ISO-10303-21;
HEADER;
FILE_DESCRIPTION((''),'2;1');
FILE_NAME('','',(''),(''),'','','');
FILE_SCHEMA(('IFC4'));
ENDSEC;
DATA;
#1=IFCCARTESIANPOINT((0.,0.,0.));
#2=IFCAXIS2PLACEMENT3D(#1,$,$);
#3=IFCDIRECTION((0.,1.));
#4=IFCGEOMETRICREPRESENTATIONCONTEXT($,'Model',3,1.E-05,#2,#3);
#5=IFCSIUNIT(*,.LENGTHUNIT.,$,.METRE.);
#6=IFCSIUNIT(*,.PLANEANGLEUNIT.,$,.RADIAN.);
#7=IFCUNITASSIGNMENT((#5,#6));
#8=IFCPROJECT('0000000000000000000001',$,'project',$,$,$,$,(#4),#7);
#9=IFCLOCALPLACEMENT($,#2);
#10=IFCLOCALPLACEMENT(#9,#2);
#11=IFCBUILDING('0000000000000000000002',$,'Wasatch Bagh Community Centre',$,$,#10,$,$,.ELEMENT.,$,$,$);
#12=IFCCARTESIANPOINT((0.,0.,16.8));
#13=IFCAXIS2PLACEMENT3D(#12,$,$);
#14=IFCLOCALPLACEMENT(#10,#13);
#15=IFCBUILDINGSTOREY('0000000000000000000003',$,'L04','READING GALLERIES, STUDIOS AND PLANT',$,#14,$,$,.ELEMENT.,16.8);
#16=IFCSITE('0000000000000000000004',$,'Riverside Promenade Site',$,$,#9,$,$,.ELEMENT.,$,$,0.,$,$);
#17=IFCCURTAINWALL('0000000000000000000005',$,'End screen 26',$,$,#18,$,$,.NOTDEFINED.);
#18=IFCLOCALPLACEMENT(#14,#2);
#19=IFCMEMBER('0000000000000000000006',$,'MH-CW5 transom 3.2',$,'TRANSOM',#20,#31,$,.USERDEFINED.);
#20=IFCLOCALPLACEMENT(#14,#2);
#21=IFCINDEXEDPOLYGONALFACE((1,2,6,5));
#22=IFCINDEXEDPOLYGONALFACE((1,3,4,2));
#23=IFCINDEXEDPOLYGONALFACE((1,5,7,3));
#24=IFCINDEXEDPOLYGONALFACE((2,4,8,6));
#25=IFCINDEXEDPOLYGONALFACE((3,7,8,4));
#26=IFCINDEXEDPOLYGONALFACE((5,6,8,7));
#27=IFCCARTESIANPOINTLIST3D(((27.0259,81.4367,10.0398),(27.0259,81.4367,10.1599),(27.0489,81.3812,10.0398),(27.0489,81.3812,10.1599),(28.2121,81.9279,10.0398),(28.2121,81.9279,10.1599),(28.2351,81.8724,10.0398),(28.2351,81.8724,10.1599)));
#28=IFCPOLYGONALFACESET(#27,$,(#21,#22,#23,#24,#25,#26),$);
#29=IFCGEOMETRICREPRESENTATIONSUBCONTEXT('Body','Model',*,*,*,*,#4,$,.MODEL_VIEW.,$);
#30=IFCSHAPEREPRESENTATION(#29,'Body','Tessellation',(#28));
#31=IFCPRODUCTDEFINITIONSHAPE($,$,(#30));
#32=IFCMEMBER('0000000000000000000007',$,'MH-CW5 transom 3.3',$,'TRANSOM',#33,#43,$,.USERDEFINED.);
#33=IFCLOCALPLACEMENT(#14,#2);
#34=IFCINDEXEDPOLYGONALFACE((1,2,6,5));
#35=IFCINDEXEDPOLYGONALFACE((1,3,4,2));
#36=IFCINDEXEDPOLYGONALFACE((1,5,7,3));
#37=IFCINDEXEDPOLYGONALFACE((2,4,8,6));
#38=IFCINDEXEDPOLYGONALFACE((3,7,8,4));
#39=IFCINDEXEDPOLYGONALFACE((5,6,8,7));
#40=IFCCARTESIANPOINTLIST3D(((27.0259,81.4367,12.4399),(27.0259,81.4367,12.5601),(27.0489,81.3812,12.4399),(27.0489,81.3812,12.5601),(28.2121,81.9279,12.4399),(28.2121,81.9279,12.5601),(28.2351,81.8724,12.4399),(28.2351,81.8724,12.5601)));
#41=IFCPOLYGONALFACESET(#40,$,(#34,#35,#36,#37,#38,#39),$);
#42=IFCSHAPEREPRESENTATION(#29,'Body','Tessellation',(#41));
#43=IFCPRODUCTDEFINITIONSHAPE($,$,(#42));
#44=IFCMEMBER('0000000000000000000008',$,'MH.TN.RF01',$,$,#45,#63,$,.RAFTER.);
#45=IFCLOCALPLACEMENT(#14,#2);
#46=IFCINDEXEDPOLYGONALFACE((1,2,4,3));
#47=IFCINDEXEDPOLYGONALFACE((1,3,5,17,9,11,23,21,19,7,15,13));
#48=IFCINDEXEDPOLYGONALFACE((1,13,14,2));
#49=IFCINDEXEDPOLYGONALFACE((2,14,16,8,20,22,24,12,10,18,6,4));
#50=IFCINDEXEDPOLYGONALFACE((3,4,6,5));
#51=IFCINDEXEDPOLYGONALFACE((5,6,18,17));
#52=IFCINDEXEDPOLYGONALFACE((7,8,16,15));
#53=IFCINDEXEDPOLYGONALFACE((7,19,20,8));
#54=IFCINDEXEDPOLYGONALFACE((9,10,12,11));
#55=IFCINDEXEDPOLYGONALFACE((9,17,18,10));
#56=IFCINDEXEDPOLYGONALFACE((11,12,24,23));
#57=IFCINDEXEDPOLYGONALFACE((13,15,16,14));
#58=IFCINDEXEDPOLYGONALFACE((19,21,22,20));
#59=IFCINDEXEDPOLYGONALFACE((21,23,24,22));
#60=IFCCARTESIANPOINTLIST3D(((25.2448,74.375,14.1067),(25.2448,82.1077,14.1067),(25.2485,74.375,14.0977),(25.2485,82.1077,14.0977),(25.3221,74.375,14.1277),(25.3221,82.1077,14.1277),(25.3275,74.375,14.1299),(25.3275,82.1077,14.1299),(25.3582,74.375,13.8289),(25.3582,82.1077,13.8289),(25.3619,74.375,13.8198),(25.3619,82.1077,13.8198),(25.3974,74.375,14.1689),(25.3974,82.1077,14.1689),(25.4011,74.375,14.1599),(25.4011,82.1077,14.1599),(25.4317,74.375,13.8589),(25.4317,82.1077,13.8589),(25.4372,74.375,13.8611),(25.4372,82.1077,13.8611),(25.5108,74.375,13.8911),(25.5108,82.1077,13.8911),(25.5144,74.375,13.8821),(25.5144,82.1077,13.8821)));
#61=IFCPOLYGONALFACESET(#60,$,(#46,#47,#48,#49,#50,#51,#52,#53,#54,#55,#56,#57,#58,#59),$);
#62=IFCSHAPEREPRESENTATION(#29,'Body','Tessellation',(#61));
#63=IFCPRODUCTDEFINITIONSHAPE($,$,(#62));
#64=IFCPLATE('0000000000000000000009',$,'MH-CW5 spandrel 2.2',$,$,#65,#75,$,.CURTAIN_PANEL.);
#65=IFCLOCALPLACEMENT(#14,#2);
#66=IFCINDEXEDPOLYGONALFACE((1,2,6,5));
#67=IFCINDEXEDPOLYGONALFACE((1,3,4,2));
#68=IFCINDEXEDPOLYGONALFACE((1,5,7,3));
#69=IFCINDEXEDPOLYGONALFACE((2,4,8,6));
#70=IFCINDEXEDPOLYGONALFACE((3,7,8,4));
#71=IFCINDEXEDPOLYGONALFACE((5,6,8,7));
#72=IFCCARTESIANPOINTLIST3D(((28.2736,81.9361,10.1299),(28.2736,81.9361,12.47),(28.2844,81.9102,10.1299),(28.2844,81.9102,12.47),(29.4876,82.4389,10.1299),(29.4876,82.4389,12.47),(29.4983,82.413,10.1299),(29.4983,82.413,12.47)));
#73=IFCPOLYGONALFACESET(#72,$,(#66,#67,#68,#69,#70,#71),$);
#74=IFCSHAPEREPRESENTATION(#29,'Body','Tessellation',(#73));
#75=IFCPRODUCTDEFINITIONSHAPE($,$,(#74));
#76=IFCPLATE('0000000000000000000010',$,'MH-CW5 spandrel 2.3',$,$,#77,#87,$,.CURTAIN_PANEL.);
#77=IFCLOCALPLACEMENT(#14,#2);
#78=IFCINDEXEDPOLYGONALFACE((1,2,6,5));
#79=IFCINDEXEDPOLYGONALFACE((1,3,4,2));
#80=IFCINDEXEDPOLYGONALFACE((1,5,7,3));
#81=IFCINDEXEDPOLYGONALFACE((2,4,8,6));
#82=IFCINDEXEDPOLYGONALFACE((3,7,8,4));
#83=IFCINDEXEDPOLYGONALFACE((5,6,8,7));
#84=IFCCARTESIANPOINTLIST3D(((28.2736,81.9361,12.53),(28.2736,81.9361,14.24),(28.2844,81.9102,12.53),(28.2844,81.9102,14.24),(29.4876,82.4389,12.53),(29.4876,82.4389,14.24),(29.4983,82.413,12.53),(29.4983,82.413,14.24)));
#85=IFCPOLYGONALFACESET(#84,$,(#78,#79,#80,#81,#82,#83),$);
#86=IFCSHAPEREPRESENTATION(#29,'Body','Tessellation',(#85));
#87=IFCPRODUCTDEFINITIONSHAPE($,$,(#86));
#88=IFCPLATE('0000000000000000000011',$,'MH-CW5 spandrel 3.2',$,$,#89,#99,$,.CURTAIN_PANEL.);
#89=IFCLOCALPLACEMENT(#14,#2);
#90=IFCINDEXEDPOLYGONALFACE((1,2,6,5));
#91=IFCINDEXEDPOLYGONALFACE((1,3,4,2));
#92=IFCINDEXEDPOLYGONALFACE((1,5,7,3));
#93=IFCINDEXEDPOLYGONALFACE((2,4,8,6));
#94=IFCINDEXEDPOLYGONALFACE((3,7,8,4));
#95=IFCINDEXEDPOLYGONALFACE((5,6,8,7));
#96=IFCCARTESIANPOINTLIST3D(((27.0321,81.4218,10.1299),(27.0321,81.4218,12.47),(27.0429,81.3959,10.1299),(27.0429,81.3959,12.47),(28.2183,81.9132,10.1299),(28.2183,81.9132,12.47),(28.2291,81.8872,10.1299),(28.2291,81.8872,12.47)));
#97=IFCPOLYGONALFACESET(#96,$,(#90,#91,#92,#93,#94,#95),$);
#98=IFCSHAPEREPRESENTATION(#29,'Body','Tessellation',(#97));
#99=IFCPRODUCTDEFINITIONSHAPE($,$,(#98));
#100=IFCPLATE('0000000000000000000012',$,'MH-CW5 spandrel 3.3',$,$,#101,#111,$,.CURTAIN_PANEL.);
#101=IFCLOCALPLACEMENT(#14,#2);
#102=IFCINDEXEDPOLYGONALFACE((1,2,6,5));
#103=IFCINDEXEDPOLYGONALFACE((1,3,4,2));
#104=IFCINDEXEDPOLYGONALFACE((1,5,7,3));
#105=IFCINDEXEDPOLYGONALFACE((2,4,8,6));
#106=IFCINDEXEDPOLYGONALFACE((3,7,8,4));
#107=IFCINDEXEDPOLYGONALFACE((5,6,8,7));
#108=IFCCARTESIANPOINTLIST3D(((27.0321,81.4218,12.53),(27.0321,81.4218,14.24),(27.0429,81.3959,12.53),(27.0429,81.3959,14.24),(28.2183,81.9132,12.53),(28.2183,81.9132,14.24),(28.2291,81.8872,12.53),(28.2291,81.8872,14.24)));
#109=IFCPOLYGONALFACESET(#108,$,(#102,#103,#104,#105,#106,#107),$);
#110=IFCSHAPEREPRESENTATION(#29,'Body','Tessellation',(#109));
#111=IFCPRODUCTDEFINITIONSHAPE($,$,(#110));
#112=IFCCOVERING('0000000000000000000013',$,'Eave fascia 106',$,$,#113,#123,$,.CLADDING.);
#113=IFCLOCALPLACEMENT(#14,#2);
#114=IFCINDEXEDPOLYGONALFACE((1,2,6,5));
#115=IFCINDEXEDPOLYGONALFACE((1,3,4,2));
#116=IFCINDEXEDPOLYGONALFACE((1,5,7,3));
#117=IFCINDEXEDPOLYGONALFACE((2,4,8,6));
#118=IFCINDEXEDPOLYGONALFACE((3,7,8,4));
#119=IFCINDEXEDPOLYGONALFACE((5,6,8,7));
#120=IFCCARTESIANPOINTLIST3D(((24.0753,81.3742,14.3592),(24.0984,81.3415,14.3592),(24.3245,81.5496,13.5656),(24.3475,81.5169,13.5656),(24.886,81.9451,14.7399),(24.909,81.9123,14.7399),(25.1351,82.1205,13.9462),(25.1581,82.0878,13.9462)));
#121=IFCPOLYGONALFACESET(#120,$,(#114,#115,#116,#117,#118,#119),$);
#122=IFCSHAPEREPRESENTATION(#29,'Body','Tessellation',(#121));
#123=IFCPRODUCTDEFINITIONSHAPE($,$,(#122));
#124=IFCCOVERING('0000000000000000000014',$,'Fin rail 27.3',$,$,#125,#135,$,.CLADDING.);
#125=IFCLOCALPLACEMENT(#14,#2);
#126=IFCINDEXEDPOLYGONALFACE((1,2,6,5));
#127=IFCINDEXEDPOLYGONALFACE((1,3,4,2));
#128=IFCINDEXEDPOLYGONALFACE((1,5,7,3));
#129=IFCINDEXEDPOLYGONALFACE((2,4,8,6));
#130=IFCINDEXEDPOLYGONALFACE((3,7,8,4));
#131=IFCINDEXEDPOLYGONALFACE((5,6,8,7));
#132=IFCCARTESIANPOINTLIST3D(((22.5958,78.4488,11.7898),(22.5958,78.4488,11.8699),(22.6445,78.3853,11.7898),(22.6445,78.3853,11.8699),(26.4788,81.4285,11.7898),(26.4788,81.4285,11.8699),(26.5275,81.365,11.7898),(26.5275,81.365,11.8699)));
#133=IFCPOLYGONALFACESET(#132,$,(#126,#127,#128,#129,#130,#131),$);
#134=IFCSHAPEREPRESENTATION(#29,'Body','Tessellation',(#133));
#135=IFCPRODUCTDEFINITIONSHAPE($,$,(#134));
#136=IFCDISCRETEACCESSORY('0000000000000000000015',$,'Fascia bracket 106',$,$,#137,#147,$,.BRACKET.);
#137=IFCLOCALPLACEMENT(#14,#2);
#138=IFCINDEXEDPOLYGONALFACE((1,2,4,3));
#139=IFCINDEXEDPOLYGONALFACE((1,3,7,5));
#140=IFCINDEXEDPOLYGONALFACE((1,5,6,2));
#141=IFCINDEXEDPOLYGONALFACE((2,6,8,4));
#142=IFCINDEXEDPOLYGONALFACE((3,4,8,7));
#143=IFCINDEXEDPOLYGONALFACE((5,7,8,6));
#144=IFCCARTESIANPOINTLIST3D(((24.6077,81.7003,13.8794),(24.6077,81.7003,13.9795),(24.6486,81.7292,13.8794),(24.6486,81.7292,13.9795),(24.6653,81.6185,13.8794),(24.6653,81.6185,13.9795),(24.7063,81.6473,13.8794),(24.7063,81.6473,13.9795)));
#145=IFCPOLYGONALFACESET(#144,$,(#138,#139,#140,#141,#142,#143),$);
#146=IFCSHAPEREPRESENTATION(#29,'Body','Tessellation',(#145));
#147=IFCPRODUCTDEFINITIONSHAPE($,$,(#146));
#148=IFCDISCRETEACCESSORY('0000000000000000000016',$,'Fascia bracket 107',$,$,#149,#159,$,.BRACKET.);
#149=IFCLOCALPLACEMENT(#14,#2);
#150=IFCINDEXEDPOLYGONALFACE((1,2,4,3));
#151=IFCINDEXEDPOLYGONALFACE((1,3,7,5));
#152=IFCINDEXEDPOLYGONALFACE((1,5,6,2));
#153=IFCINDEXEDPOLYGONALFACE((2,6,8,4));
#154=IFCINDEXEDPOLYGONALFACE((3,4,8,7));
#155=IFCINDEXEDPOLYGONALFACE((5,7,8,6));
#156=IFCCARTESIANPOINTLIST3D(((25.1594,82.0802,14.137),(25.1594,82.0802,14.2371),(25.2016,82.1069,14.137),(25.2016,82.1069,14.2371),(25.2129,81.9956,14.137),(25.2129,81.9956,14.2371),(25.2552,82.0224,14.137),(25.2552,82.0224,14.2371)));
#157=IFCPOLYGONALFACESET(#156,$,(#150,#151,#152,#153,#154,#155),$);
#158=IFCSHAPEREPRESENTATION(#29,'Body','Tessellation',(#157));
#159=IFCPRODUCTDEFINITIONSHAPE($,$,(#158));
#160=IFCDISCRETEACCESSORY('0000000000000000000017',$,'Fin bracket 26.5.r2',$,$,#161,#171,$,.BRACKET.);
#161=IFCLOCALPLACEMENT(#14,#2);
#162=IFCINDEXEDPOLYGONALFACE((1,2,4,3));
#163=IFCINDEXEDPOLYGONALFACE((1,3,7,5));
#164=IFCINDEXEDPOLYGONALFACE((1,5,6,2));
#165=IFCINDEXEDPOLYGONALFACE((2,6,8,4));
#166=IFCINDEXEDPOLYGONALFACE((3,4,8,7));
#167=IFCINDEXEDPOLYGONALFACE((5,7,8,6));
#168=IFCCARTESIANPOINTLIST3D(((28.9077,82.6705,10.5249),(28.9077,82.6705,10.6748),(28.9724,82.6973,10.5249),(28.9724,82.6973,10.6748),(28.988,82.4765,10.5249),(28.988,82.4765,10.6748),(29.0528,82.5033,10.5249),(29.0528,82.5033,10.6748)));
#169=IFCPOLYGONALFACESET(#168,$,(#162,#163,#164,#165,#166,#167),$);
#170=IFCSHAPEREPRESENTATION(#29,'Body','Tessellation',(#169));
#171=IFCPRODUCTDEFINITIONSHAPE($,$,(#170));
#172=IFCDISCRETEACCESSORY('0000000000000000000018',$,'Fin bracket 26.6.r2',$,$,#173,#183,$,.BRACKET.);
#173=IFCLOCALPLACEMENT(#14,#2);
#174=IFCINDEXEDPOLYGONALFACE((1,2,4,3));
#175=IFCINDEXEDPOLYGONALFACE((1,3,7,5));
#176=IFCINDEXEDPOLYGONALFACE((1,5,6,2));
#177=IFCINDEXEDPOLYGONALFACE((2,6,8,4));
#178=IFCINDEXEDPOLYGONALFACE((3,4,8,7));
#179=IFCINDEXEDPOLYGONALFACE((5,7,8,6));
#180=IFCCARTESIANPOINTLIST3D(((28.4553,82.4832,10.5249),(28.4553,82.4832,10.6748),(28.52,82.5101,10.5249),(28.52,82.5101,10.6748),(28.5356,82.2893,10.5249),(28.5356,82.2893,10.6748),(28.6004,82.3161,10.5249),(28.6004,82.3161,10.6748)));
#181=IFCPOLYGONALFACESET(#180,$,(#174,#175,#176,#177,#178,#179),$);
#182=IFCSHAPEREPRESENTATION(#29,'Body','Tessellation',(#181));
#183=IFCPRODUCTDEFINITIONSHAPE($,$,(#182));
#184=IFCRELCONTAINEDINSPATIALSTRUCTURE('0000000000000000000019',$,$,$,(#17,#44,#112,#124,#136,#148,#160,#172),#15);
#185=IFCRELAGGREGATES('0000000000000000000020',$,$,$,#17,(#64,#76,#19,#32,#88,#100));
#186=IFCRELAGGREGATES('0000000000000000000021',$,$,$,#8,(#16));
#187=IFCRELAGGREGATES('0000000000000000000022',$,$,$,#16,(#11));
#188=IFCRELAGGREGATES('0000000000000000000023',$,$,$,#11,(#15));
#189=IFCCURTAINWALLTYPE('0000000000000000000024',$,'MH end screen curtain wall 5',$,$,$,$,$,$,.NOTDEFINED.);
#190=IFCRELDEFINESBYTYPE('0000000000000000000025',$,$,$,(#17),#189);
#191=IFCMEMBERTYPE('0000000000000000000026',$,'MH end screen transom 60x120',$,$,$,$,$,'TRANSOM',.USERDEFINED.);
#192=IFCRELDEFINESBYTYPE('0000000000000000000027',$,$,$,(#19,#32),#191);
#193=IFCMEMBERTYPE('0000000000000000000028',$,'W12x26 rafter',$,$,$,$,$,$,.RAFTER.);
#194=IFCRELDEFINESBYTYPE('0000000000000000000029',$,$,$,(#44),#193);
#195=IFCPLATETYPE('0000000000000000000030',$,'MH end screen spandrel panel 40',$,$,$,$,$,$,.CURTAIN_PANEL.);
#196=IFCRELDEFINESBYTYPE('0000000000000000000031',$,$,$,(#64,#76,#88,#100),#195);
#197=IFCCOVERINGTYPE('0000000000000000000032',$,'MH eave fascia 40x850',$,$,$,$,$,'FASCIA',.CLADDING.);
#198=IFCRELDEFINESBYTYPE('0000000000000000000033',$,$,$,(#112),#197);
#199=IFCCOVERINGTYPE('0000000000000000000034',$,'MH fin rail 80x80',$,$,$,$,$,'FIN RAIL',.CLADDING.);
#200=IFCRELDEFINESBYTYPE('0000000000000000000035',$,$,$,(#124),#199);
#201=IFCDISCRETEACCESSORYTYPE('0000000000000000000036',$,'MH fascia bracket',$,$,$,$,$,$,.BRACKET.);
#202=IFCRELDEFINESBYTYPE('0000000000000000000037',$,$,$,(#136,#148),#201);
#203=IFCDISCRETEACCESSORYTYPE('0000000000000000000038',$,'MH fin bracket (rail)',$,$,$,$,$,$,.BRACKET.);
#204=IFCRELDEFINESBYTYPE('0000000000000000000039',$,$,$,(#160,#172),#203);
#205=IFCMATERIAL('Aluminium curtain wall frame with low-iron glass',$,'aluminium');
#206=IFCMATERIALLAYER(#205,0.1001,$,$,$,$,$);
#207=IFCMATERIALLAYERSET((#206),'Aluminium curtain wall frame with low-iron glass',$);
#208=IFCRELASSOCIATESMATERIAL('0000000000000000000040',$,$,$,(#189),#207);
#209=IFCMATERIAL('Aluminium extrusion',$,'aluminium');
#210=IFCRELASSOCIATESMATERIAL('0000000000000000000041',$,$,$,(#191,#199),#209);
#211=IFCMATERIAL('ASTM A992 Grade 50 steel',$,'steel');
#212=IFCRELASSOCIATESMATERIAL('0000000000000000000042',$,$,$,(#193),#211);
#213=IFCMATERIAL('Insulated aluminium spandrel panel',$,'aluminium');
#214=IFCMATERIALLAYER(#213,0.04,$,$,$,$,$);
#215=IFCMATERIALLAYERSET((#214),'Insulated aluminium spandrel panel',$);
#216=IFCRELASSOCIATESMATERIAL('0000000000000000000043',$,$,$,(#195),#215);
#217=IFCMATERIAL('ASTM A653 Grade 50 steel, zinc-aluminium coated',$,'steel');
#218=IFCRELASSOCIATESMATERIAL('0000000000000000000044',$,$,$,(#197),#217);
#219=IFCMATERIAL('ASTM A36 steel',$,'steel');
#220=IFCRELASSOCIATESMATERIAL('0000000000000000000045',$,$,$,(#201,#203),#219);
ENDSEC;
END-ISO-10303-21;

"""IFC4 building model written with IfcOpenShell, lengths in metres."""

from ifc_helpers import new_model, si_unit, direction, frame, origin, origin_2d, place, context, subcontext, project, spatial, rectangle, i_section, extrude, material, layer, layer_set, material_profile, profile_set, type_object, element, aggregate, save


model = new_model("IFC4")

# Units and contexts
model_context = context("Model", 3, precision=1e-05, world=origin(), true_north=direction((0.0, 1.0)))
body_context = subcontext(model_context, "Body", "Model", "MODEL_VIEW")
ifc_project = project(units=[si_unit("LENGTHUNIT", "METRE"), si_unit("PLANEANGLEUNIT", "RADIAN")], contexts=[model_context])

# Site, building, storey
site_placement = place(None, origin())
site = spatial("IfcSite", under=ifc_project, at=site_placement, Name="Riverside Promenade Site", CompositionType="ELEMENT", RefElevation=0.0)
building_placement = place(site_placement, origin())
building = spatial("IfcBuilding", under=site, at=building_placement, Name="Wasatch Bagh Community Centre", CompositionType="ELEMENT")
storey_placement = place(building_placement, frame((0.0, 0.0, 16.8)))
storey = spatial("IfcBuildingStorey", under=building, at=storey_placement, Name="L04", Description="READING GALLERIES, STUDIOS AND PLANT", CompositionType="ELEMENT", Elevation=16.8)

# Curtain wall, members
ifc_material_1 = material(Name="Aluminium curtain wall frame with low-iron glass", Category="aluminium")
ifc_layer_1 = layer(ifc_material_1, 0.1001)
ifc_layer_set_1 = layer_set([ifc_layer_1], Name="Aluminium curtain wall frame with low-iron glass")
curtain_wall_type = type_object("IfcCurtainWallType", Name="MH end screen curtain wall 5", PredefinedType="NOTDEFINED", material=ifc_layer_set_1)
curtain_wall_placement = place(storey_placement, origin())
curtain_wall = element("IfcCurtainWall", 1, at=curtain_wall_placement, inside=storey, type_object=curtain_wall_type, Name="End screen 26", PredefinedType="NOTDEFINED")
ifc_material_2 = material(Name="Aluminium extrusion", Category="aluminium")
ifc_material_profile_1 = material_profile(ifc_material_2, rectangle(XDim=0.0601, YDim=0.1201, at=origin_2d()), Name="AL 60x120")
ifc_profile_set_1 = profile_set([ifc_material_profile_1], Name="Aluminium extrusion")
member_type_1 = type_object("IfcMemberType", Name="MH end screen transom 60x120", ElementType="TRANSOM", PredefinedType="USERDEFINED", material=ifc_profile_set_1)
member_1_placement = place(storey_placement, frame((28.2236, 81.9001, 10.0999), z_axis=(-0.923924, -0.382576, 0.0), x_axis=(0.382576, -0.923924, 0.0)))
member_1 = element("IfcMember", 2, at=member_1_placement, type_object=member_type_1, Name="MH-CW5 transom 3.2", ObjectType="TRANSOM", PredefinedType="USERDEFINED", context=body_context, shape_type="SweptSolid", body=[
    extrude(rectangle(XDim=0.0601, YDim=0.1201, at=origin_2d()), origin(), (0.0, 0.0, 1.0), 1.2839),
])
member_2_placement = place(storey_placement, frame((28.2236, 81.9001, 12.5), z_axis=(-0.923924, -0.382576, 0.0), x_axis=(0.382576, -0.923924, 0.0)))
member_2 = element("IfcMember", 3, at=member_2_placement, type_object=member_type_1, Name="MH-CW5 transom 3.3", ObjectType="TRANSOM", PredefinedType="USERDEFINED", context=body_context, shape_type="SweptSolid", body=[
    extrude(rectangle(XDim=0.0601, YDim=0.1201, at=origin_2d()), origin(), (0.0, 0.0, 1.0), 1.2839),
])

# Member
ifc_material_3 = material(Name="ASTM A992 Grade 50 steel", Category="steel")
ifc_material_profile_2 = material_profile(ifc_material_3, i_section(OverallWidth=0.1648, OverallDepth=0.3098, WebThickness=0.0059, FlangeThickness=0.0098, at=origin_2d()), Name="W12x26")
ifc_profile_set_2 = profile_set([ifc_material_profile_2], Name="ASTM A992 Grade 50 steel")
member_type_2 = type_object("IfcMemberType", Name="W12x26 rafter", PredefinedType="RAFTER", material=ifc_profile_set_2)
member_3_placement = place(storey_placement, frame((25.3796, 82.1077, 13.9944), z_axis=(0.0, -1.0, 0.0), x_axis=(0.925934, 0.0, 0.377686)))
element("IfcMember", 4, at=member_3_placement, inside=storey, type_object=member_type_2, Name="MH.TN.RF01", PredefinedType="RAFTER", context=body_context, shape_type="SweptSolid", body=[
    extrude(i_section(OverallWidth=0.1648, OverallDepth=0.3098, WebThickness=0.0059, FlangeThickness=0.0098, at=origin_2d()), origin(), (0.0, 0.0, 1.0), 7.7327),
])

# Plates
ifc_material_4 = material(Name="Insulated aluminium spandrel panel", Category="aluminium")
ifc_layer_2 = layer(ifc_material_4, 0.04)
ifc_layer_set_2 = layer_set([ifc_layer_2], Name="Insulated aluminium spandrel panel")
plate_type = type_object("IfcPlateType", Name="MH end screen spandrel panel 40", PredefinedType="CURTAIN_PANEL", material=ifc_layer_set_2)
plate_1_placement = place(storey_placement, frame((28.886, 82.1746, 10.1299), z_axis=(0.0, 0.0, 1.0), x_axis=(-0.92388, -0.382683, 0.0)))
plate_1 = element("IfcPlate", 5, at=plate_1_placement, type_object=plate_type, Name="MH-CW5 spandrel 2.2", PredefinedType="CURTAIN_PANEL", context=body_context, shape_type="SweptSolid", body=[
    extrude(rectangle(XDim=1.314, YDim=0.0281, at=origin_2d()), origin(), (0.0, 0.0, 1.0), 2.3401),
])
plate_2_placement = place(storey_placement, frame((28.886, 82.1746, 12.53), z_axis=(0.0, 0.0, 1.0), x_axis=(-0.92388, -0.382683, 0.0)))
plate_2 = element("IfcPlate", 6, at=plate_2_placement, type_object=plate_type, Name="MH-CW5 spandrel 2.3", PredefinedType="CURTAIN_PANEL", context=body_context, shape_type="SweptSolid", body=[
    extrude(rectangle(XDim=1.314, YDim=0.0281, at=origin_2d()), origin(), (0.0, 0.0, 1.0), 1.71),
])
plate_3_placement = place(storey_placement, frame((27.6306, 81.6545, 10.1299), z_axis=(0.0, 0.0, 1.0), x_axis=(-0.92388, -0.382683, 0.0)))
plate_3 = element("IfcPlate", 7, at=plate_3_placement, type_object=plate_type, Name="MH-CW5 spandrel 3.2", PredefinedType="CURTAIN_PANEL", context=body_context, shape_type="SweptSolid", body=[
    extrude(rectangle(XDim=1.2839, YDim=0.0281, at=origin_2d()), origin(), (0.0, 0.0, 1.0), 2.3401),
])
plate_4_placement = place(storey_placement, frame((27.6306, 81.6545, 12.53), z_axis=(0.0, 0.0, 1.0), x_axis=(-0.92388, -0.382683, 0.0)))
plate_4 = element("IfcPlate", 8, at=plate_4_placement, type_object=plate_type, Name="MH-CW5 spandrel 3.3", PredefinedType="CURTAIN_PANEL", context=body_context, shape_type="SweptSolid", body=[
    extrude(rectangle(XDim=1.2839, YDim=0.0281, at=origin_2d()), origin(), (0.0, 0.0, 1.0), 1.71),
])
aggregate(curtain_wall, [plate_1, plate_2, member_1, member_2, plate_3, plate_4])

# Coverings
ifc_material_5 = material(Name="ASTM A653 Grade 50 steel, zinc-aluminium coated", Category="steel")
ifc_material_profile_3 = material_profile(ifc_material_5, rectangle(XDim=0.04, YDim=0.8501, at=origin_2d()), Name="FASCIA 40x850")
ifc_profile_set_3 = profile_set([ifc_material_profile_3], Name="ASTM A653 Grade 50 steel, zinc-aluminium coated")
covering_type_1 = type_object("IfcCoveringType", Name="MH eave fascia 40x850", ElementType="FASCIA", PredefinedType="CLADDING", material=ifc_profile_set_3)
covering_1_placement = place(storey_placement, frame((24.2114, 81.4456, 13.9624), z_axis=(0.763286, 0.537519, 0.358423), x_axis=(-0.575774, 0.817609, 0.0)))
element("IfcCovering", 9, at=covering_1_placement, inside=storey, type_object=covering_type_1, Name="Eave fascia 106", PredefinedType="CLADDING", context=body_context, shape_type="SweptSolid", body=[
    extrude(rectangle(XDim=0.04, YDim=0.8501, at=origin_2d()), origin(), (0.0, 0.0, 1.0), 1.062),
])
ifc_material_profile_4 = material_profile(ifc_material_2, rectangle(XDim=0.0801, YDim=0.0801, at=origin_2d()), Name="AL 80x80")
ifc_profile_set_4 = profile_set([ifc_material_profile_4], Name="Aluminium extrusion")
covering_type_2 = type_object("IfcCoveringType", Name="MH fin rail 80x80", ElementType="FIN RAIL", PredefinedType="CLADDING", material=ifc_profile_set_4)
covering_2_placement = place(storey_placement, frame((26.5032, 81.3967, 11.8298), z_axis=(-0.793337, -0.608782, 0.0), x_axis=(0.608782, -0.793337, 0.0)))
element("IfcCovering", 10, at=covering_2_placement, inside=storey, type_object=covering_type_2, Name="Fin rail 27.3", PredefinedType="CLADDING", context=body_context, shape_type="SweptSolid", body=[
    extrude(rectangle(XDim=0.0801, YDim=0.0801, at=origin_2d()), origin(), (0.0, 0.0, 1.0), 4.8945),
])

# Discrete accessories
ifc_material_6 = material(Name="ASTM A36 steel", Category="steel")
discrete_accessory_type_1 = type_object("IfcDiscreteAccessoryType", Name="MH fascia bracket", PredefinedType="BRACKET", material=ifc_material_6)
for number, where, z_axis, x_axis, name in (
    (11, (24.657, 81.6738, 13.8794), (0.0, 0.0, 1.0), (-0.575808, 0.817585, 0.0), "Fascia bracket 106"),
    (12, (25.2073, 82.0513, 14.137), (0.0, 0.0, 1.0), (-0.534998, 0.844854, 0.0), "Fascia bracket 107"),
):
    element("IfcDiscreteAccessory", number, at=place(storey_placement, frame(where, z_axis=z_axis, x_axis=x_axis)), inside=storey, type_object=discrete_accessory_type_1, Name=name, PredefinedType="BRACKET", context=body_context, shape_type="SweptSolid", body=[
        extrude(rectangle(XDim=0.1001, YDim=0.05, at=origin_2d()), origin(), (0.0, 0.0, 1.0), 0.1001),
    ])
discrete_accessory_type_2 = type_object("IfcDiscreteAccessoryType", Name="MH fin bracket (rail)", PredefinedType="BRACKET", material=ifc_material_6)
for number, where, z_axis, x_axis, name in (
    (13, (28.9802, 82.5869, 10.5249), (0.0, 0.0, 1.0), (-0.92388, -0.382683, 0.0), "Fin bracket 26.5.r2"),
    (14, (28.5278, 82.3997, 10.5249), (0.0, 0.0, 1.0), (-0.92388, -0.382683, 0.0), "Fin bracket 26.6.r2"),
):
    element("IfcDiscreteAccessory", number, at=place(storey_placement, frame(where, z_axis=z_axis, x_axis=x_axis)), inside=storey, type_object=discrete_accessory_type_2, Name=name, PredefinedType="BRACKET", context=body_context, shape_type="SweptSolid", body=[
        extrude(rectangle(XDim=0.0701, YDim=0.21, at=origin_2d()), origin(), (0.0, 0.0, 1.0), 0.1499),
    ])

save(model, "model.ifc")
